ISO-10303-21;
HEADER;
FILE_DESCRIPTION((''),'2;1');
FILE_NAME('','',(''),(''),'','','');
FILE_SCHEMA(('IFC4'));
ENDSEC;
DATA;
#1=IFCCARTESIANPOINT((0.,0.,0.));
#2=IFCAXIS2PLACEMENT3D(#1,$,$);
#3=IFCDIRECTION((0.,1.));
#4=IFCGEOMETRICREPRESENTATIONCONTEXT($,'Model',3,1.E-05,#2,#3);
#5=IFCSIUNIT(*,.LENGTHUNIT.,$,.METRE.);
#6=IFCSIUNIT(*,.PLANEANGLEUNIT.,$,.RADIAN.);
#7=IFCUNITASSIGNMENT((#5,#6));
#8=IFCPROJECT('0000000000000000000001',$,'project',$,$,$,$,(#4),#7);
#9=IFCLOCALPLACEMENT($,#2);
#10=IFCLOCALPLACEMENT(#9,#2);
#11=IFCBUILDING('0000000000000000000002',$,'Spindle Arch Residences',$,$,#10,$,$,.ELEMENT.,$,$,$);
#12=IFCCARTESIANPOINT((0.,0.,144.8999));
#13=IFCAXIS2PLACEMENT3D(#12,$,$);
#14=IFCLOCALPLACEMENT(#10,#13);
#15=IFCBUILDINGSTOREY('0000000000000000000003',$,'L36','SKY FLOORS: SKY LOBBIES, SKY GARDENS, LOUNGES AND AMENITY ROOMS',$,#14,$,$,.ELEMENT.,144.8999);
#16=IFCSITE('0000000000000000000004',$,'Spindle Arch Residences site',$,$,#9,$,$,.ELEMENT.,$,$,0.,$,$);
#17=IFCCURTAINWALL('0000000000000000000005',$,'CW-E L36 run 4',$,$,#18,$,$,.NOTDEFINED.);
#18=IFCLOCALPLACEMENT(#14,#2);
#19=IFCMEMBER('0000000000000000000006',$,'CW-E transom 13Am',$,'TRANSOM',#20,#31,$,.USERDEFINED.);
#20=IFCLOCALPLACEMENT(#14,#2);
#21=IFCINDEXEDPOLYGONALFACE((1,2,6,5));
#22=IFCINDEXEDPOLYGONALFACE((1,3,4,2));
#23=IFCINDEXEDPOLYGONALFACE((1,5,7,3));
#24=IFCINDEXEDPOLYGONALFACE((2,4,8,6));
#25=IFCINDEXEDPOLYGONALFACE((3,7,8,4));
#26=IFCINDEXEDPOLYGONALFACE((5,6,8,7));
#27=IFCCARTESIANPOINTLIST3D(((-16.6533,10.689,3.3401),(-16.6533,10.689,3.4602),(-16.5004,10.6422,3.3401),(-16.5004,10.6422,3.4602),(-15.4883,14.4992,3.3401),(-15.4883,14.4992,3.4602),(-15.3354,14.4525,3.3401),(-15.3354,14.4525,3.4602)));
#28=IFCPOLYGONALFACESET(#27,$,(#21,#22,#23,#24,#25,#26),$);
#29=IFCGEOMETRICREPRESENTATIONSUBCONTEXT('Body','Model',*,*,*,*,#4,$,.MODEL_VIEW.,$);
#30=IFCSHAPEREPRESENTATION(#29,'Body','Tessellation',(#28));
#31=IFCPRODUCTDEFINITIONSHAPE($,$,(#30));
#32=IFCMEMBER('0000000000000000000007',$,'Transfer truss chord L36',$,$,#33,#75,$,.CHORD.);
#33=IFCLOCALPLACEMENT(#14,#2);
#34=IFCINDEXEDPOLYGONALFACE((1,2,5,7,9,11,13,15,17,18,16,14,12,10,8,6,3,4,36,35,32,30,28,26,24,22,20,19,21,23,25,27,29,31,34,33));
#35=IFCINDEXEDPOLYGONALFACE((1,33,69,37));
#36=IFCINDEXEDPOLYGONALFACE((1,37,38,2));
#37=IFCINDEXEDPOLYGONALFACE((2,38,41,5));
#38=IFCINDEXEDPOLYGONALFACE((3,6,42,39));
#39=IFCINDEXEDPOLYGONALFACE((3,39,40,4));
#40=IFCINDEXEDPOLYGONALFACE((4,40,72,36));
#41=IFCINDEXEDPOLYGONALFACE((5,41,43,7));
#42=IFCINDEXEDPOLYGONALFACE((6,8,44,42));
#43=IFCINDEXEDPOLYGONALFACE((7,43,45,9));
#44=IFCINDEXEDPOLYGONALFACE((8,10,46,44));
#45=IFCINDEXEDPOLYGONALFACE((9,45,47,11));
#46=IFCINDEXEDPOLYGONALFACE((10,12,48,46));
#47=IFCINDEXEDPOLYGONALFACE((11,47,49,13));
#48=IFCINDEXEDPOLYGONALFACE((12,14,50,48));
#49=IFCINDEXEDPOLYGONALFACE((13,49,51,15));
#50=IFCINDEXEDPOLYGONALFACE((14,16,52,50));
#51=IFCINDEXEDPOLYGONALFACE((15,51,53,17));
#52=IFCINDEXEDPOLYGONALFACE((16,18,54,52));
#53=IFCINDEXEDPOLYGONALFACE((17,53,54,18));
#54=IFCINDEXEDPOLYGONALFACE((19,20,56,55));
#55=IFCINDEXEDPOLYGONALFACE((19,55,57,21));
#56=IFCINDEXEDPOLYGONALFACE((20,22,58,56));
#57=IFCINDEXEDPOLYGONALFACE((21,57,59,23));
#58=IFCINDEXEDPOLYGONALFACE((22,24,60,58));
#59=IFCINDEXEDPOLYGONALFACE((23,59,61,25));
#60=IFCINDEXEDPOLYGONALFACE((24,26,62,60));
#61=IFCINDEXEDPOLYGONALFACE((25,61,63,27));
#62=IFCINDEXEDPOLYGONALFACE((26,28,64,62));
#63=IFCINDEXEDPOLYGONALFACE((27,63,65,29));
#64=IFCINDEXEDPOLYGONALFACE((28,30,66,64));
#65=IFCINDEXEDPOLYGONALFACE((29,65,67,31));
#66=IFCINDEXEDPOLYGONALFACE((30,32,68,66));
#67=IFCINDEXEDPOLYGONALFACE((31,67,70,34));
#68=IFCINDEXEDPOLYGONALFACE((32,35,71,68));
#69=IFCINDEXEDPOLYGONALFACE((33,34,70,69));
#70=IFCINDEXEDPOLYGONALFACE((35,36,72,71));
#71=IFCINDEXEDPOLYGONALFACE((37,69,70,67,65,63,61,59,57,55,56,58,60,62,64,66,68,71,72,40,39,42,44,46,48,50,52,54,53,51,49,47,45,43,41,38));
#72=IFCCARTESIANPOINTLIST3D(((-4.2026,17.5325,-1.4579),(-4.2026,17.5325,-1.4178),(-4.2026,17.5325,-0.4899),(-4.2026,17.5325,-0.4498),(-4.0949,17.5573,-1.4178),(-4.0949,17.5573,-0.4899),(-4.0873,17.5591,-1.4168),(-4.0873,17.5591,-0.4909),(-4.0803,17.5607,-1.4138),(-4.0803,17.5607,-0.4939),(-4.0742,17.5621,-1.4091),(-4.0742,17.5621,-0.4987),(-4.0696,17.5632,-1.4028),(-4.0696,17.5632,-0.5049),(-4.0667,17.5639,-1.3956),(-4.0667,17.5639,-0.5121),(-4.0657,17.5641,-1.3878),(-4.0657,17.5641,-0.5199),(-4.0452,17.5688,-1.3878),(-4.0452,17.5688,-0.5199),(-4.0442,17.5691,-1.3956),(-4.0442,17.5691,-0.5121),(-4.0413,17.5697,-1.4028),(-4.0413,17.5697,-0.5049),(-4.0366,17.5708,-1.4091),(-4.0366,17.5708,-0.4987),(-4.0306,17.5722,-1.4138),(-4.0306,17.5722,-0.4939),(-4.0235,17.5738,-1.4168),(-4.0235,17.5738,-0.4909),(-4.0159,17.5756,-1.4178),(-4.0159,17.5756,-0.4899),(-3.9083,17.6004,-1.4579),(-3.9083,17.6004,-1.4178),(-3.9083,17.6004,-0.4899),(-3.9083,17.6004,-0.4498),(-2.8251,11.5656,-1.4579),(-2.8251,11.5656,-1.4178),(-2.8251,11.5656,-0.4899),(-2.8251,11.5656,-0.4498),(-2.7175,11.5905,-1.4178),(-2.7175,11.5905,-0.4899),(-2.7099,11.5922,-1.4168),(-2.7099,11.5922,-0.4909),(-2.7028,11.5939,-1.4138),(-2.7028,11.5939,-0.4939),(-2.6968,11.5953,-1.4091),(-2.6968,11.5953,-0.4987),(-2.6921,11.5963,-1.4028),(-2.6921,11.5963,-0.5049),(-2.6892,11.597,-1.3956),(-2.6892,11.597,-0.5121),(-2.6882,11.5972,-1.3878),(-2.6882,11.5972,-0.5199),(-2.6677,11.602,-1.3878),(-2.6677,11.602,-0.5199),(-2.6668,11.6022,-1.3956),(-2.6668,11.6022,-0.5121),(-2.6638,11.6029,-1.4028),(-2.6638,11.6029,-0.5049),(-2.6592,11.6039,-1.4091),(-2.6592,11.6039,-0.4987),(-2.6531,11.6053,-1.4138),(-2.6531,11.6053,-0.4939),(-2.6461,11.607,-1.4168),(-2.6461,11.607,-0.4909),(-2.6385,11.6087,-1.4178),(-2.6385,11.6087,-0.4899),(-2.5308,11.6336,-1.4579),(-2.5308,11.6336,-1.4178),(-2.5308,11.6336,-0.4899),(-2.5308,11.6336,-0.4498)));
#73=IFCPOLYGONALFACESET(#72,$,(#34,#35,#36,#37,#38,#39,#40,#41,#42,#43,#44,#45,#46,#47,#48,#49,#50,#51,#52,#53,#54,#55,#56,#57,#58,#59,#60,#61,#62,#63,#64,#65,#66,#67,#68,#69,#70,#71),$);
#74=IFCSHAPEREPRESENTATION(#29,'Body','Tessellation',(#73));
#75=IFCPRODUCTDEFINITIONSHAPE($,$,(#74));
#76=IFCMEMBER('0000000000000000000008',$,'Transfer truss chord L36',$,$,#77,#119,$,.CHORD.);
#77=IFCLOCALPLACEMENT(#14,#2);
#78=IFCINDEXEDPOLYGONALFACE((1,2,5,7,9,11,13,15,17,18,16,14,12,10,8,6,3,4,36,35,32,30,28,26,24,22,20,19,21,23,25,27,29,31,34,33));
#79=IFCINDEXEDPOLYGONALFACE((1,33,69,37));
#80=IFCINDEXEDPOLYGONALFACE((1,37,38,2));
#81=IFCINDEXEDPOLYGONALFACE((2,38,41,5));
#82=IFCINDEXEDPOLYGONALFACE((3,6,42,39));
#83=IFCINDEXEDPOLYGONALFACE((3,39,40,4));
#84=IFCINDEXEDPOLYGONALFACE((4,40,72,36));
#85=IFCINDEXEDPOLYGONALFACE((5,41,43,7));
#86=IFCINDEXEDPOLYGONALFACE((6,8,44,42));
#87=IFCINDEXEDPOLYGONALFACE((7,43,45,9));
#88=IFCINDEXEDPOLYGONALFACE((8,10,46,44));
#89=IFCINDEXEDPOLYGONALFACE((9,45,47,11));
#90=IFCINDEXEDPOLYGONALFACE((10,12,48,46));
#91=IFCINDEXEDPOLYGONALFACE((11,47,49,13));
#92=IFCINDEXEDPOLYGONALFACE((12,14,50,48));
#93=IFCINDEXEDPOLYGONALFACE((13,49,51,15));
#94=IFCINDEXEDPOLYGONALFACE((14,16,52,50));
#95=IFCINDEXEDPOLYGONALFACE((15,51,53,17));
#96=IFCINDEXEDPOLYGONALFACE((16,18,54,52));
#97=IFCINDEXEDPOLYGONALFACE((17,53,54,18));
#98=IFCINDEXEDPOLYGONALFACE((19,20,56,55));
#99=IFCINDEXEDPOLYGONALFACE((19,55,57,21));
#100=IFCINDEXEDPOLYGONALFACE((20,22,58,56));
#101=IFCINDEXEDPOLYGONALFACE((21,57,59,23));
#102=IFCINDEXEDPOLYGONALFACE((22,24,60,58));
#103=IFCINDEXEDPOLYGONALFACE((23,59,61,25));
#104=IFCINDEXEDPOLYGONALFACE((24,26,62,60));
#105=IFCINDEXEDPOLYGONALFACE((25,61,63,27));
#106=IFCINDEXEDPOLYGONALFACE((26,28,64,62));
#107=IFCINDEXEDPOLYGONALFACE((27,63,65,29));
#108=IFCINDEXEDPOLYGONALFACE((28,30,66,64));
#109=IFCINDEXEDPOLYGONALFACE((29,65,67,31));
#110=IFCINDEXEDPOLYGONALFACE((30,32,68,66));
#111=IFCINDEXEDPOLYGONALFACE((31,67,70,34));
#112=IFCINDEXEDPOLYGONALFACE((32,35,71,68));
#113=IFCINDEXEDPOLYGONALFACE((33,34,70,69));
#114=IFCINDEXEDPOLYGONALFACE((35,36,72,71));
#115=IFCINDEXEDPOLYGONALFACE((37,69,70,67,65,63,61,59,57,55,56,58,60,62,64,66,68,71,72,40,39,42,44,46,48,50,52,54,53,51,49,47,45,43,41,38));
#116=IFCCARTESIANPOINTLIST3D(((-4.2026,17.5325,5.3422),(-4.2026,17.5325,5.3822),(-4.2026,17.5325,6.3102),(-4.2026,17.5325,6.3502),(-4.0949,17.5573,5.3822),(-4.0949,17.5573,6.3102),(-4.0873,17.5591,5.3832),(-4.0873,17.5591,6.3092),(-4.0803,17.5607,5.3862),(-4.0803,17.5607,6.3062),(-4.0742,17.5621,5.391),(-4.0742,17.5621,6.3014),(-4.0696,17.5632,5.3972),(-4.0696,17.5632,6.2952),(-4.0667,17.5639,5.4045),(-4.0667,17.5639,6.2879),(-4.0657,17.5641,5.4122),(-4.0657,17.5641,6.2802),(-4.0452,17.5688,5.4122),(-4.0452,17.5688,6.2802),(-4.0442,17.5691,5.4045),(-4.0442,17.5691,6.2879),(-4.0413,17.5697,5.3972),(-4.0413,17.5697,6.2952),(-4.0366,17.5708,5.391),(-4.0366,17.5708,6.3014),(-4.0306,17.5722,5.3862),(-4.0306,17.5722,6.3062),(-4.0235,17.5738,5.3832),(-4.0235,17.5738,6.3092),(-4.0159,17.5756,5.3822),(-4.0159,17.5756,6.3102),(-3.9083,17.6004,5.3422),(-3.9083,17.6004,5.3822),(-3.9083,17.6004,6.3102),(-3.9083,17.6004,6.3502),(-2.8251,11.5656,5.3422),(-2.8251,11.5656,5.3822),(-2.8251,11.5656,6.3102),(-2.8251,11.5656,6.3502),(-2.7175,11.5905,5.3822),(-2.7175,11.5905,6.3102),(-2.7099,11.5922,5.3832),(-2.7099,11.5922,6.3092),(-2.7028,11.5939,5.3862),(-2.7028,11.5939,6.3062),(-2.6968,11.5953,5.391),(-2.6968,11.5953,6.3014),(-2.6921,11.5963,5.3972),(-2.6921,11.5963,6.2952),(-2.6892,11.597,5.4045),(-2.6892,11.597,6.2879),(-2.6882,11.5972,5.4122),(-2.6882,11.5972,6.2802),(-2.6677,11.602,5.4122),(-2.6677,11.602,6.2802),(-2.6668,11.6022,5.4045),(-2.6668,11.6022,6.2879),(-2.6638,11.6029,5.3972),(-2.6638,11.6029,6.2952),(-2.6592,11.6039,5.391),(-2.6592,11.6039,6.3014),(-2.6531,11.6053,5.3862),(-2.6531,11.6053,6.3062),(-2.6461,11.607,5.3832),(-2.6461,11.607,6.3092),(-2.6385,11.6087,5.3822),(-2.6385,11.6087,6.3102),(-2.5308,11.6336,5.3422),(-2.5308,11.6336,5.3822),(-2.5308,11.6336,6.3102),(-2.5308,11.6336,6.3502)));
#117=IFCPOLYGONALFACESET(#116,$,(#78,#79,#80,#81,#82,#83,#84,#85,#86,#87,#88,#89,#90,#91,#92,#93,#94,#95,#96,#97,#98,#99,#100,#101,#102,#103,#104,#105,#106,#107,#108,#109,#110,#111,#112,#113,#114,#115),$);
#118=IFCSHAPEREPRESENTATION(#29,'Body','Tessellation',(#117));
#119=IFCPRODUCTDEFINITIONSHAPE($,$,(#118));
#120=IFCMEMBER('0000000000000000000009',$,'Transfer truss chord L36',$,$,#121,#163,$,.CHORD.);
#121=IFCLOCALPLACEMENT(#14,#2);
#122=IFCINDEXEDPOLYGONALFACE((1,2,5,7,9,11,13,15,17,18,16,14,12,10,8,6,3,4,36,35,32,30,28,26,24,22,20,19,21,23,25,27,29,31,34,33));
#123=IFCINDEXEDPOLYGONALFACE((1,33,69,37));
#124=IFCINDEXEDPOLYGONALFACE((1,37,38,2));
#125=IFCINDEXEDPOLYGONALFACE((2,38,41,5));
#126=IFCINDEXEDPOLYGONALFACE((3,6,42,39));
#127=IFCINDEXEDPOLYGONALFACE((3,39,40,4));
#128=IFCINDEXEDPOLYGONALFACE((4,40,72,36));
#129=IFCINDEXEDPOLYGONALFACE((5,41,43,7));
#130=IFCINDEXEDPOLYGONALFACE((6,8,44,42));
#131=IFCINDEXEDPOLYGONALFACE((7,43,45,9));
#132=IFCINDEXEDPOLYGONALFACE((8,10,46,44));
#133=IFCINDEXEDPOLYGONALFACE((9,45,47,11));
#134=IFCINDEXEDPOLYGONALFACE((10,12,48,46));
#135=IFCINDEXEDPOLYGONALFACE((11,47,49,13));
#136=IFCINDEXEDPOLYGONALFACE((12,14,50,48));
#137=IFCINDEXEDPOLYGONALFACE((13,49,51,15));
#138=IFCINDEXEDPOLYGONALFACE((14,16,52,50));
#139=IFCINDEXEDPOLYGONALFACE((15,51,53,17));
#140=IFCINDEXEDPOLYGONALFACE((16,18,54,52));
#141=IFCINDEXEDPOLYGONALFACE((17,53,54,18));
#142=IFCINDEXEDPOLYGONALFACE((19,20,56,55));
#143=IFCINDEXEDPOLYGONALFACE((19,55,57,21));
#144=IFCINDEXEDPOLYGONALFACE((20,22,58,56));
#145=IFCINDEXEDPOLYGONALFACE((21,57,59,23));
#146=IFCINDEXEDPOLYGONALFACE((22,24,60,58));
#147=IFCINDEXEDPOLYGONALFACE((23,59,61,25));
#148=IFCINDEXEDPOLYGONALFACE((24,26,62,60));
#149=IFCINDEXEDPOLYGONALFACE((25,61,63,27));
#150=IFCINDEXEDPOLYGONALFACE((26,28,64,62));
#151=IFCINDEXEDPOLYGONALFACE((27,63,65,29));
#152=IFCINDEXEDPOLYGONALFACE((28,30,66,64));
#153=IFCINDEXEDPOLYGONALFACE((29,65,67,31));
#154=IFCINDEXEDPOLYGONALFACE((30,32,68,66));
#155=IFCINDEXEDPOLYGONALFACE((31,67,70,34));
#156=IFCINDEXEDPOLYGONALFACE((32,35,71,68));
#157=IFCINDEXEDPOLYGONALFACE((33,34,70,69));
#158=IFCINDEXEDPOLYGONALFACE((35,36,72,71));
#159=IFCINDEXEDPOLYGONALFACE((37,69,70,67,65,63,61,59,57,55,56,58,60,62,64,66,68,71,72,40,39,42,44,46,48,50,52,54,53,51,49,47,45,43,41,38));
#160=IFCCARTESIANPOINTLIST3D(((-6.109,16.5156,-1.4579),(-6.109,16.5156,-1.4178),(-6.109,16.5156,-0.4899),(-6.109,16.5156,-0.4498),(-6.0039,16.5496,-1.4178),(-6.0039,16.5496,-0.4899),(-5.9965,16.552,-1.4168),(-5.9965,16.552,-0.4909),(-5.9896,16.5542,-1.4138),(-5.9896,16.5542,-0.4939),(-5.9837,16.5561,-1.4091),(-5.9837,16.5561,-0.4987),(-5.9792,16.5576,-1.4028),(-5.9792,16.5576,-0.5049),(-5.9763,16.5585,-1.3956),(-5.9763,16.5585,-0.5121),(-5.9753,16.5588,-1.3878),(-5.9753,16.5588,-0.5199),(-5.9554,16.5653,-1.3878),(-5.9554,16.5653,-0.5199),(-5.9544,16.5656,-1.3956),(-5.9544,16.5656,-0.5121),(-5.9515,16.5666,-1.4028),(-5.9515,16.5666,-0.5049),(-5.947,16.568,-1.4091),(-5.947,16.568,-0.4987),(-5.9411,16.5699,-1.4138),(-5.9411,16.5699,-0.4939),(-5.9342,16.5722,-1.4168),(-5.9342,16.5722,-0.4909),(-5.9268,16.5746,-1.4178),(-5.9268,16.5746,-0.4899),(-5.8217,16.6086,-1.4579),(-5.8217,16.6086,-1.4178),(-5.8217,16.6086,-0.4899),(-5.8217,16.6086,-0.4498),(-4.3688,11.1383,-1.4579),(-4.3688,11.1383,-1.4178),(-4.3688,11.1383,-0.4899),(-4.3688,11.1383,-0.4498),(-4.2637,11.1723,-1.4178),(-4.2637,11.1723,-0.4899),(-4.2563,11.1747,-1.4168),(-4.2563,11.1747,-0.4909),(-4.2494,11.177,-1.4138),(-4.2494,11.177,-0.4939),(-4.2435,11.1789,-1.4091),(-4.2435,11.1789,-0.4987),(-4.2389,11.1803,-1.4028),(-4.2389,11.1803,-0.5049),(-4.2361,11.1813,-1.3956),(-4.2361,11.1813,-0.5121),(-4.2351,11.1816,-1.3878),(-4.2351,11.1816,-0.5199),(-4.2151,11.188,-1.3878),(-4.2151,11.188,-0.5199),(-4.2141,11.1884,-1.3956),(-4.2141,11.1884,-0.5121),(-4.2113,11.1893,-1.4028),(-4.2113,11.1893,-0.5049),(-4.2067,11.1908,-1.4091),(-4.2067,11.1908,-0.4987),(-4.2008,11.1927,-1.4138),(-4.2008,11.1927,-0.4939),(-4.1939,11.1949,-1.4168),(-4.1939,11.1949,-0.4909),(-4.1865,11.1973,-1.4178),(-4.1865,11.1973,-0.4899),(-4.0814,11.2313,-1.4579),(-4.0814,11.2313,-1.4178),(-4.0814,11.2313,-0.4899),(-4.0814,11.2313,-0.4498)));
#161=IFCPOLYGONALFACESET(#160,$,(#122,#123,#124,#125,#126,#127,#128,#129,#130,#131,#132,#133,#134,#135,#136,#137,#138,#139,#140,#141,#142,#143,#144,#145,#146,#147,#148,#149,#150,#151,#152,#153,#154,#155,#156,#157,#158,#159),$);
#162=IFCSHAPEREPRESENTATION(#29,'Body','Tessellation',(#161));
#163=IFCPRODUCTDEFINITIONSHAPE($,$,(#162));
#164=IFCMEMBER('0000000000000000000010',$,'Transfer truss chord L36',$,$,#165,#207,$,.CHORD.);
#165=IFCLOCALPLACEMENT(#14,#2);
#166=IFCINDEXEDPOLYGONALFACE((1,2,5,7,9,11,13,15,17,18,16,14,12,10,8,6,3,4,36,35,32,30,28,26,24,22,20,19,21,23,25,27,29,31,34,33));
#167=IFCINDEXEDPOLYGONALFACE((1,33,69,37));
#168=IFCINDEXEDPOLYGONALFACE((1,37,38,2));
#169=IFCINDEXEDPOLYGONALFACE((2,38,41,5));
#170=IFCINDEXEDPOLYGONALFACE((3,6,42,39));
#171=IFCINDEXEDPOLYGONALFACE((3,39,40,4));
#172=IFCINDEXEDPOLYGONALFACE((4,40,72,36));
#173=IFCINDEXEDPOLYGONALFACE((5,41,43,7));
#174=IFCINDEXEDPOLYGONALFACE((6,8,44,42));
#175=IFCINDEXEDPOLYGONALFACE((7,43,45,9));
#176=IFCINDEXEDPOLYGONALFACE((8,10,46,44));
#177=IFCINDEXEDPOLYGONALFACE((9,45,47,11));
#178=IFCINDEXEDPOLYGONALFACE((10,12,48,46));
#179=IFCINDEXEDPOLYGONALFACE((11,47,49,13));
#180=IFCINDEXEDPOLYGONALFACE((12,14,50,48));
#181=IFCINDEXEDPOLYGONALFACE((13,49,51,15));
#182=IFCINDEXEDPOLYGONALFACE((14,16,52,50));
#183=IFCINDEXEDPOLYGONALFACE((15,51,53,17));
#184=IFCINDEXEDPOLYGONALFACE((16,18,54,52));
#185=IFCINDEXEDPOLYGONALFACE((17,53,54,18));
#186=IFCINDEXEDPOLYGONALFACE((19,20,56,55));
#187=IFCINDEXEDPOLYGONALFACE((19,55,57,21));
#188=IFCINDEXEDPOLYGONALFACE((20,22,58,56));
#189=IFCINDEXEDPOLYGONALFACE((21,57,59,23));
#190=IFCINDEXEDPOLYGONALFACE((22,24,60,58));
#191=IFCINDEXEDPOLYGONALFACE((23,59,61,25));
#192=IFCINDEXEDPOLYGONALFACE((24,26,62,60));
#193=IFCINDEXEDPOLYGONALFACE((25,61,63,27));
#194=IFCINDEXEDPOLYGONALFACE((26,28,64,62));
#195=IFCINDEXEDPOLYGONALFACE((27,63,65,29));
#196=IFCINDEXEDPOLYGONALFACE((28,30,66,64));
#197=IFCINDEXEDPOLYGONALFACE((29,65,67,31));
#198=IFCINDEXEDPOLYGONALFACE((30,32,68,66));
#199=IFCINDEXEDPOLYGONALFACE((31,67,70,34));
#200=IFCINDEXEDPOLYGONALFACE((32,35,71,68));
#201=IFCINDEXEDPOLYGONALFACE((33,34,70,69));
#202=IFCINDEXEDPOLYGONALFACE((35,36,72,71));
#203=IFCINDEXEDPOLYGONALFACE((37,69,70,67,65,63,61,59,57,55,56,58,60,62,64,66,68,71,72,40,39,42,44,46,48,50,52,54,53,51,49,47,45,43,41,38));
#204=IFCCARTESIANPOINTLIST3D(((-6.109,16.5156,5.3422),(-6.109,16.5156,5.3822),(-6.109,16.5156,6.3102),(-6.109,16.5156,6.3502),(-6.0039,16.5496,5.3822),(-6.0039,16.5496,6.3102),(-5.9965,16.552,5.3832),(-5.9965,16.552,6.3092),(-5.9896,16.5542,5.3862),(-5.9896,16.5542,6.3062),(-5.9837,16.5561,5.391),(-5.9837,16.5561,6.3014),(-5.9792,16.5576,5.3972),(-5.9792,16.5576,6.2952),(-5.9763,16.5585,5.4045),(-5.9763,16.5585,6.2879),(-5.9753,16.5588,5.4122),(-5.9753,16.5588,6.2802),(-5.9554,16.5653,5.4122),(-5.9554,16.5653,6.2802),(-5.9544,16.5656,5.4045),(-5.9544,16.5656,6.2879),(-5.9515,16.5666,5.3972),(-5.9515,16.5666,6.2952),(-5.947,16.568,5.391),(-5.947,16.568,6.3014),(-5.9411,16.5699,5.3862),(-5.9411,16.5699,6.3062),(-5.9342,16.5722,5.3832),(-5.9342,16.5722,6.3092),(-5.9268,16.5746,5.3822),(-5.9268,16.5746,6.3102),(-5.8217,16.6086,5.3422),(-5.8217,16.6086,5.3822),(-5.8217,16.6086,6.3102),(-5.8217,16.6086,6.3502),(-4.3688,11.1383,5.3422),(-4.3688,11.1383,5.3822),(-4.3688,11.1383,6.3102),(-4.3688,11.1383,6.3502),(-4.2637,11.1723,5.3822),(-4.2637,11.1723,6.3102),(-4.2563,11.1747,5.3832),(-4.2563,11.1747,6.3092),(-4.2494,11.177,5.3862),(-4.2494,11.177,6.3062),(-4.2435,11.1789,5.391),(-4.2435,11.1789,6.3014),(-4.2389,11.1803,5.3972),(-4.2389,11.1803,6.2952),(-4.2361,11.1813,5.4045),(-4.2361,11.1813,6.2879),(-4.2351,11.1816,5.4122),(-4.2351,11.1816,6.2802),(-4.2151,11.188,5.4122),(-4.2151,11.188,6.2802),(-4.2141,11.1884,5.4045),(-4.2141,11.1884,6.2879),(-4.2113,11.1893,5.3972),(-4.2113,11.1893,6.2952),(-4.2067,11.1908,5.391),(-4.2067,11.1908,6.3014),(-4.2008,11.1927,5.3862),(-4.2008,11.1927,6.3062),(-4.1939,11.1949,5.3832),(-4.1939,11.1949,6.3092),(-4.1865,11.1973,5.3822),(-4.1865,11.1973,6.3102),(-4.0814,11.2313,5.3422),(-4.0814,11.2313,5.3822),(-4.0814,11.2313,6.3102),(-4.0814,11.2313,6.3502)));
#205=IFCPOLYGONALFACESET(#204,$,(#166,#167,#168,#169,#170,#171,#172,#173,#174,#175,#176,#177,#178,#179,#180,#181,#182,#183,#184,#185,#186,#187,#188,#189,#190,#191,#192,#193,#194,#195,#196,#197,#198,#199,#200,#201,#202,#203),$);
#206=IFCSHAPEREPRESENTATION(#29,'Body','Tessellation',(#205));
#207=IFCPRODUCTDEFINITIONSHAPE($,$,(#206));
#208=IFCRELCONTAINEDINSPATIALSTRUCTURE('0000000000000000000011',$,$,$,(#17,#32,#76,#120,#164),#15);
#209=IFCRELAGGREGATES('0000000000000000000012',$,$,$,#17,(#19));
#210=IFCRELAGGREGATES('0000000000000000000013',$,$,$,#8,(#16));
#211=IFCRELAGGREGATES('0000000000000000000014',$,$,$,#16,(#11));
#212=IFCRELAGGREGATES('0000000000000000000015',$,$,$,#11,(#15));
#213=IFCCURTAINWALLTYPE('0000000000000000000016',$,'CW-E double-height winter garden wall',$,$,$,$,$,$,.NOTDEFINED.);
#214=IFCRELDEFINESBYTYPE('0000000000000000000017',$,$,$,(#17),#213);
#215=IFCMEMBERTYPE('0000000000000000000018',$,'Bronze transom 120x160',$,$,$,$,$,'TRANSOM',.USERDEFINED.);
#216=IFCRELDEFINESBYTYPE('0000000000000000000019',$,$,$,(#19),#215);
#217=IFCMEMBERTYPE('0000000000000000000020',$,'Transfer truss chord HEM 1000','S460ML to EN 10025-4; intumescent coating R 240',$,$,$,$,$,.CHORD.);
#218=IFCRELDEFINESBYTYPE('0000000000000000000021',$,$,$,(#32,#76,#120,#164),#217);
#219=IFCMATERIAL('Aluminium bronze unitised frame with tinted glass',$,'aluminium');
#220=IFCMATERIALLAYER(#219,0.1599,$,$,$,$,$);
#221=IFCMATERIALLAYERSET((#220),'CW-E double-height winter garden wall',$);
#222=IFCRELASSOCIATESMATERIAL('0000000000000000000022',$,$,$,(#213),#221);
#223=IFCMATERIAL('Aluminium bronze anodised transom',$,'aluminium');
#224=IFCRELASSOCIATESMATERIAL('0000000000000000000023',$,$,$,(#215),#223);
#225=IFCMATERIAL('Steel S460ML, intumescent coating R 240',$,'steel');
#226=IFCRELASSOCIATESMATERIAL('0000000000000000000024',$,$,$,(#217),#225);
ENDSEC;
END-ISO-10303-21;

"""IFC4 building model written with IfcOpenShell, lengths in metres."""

from ifc_helpers import new_model, si_unit, direction, frame, origin, origin_2d, place, context, subcontext, project, spatial, rectangle, i_section, extrude, material, layer, layer_set, material_profile, profile_set, type_object, element, aggregate, save


model = new_model("IFC4")

# Units and contexts
model_context = context("Model", 3, precision=1e-05, world=origin(), true_north=direction((0.0, 1.0)))
body_context = subcontext(model_context, "Body", "Model", "MODEL_VIEW")
ifc_project = project(units=[si_unit("LENGTHUNIT", "METRE"), si_unit("PLANEANGLEUNIT", "RADIAN")], contexts=[model_context])

# Site, building, storey
site_placement = place(None, origin())
site = spatial("IfcSite", under=ifc_project, at=site_placement, Name="Spindle Arch Residences site", CompositionType="ELEMENT", RefElevation=0.0)
building_placement = place(site_placement, origin())
building = spatial("IfcBuilding", under=site, at=building_placement, Name="Spindle Arch Residences", CompositionType="ELEMENT")
storey_placement = place(building_placement, frame((0.0, 0.0, 144.8999)))
storey = spatial("IfcBuildingStorey", under=building, at=storey_placement, Name="L36", Description="SKY FLOORS: SKY LOBBIES, SKY GARDENS, LOUNGES AND AMENITY ROOMS", CompositionType="ELEMENT", Elevation=144.8999)

# Curtain wall, member
ifc_material_1 = material(Name="Aluminium bronze unitised frame with tinted glass", Category="aluminium")
ifc_layer_1 = layer(ifc_material_1, 0.1599)
ifc_layer_set_1 = layer_set([ifc_layer_1], Name="CW-E double-height winter garden wall")
curtain_wall_type = type_object("IfcCurtainWallType", Name="CW-E double-height winter garden wall", PredefinedType="NOTDEFINED", material=ifc_layer_set_1)
curtain_wall_placement = place(storey_placement, origin())
curtain_wall = element("IfcCurtainWall", 1, at=curtain_wall_placement, inside=storey, type_object=curtain_wall_type, Name="CW-E L36 run 4", PredefinedType="NOTDEFINED")
ifc_material_2 = material(Name="Aluminium bronze anodised transom", Category="aluminium")
ifc_material_profile_1 = material_profile(ifc_material_2, rectangle(XDim=0.1599, YDim=0.1201, at=origin_2d()), Name="TR 120x160")
ifc_profile_set_1 = profile_set([ifc_material_profile_1], Name="Aluminium bronze anodised transom")
member_type_1 = type_object("IfcMemberType", Name="Bronze transom 120x160", ElementType="TRANSOM", PredefinedType="USERDEFINED", material=ifc_profile_set_1)
member_placement = place(storey_placement, frame((-15.4119, 14.4758, 3.4001), z_axis=(-0.292398, -0.956297, 0.0), x_axis=(0.956297, -0.292398, 0.0)))
member = element("IfcMember", 2, at=member_placement, type_object=member_type_1, Name="CW-E transom 13Am", ObjectType="TRANSOM", PredefinedType="USERDEFINED", context=body_context, shape_type="SweptSolid", body=[
    extrude(rectangle(XDim=0.1599, YDim=0.1201, at=origin_2d()), origin(), (0.0, 0.0, 1.0), 3.9844),
])

# Members
ifc_material_3 = material(Name="Steel S460ML, intumescent coating R 240", Category="steel")
ifc_material_profile_2 = material_profile(ifc_material_3, i_section(OverallWidth=0.302, OverallDepth=1.0081, WebThickness=0.021, FlangeThickness=0.04, FilletRadius=0.03, at=origin_2d()), Name="HEM 1000")
ifc_profile_set_2 = profile_set([ifc_material_profile_2], Name="Steel S460ML, intumescent coating R 240")
member_type_2 = type_object("IfcMemberType", Name="Transfer truss chord HEM 1000", Description="S460ML to EN 10025-4; intumescent coating R 240", PredefinedType="CHORD", material=ifc_profile_set_2)
for number, where, z_axis, x_axis, name in (
    (3, (-2.678, 11.5996, -0.9539), (-0.224935, 0.974374, 0.0), (-0.974374, -0.224935, 0.0), "Transfer truss chord L36"),
    (4, (-2.678, 11.5996, 5.8462), (-0.224935, 0.974374, 0.0), (-0.974374, -0.224935, 0.0), "Transfer truss chord L36"),
):
    element("IfcMember", number, at=place(storey_placement, frame(where, z_axis=z_axis, x_axis=x_axis)), inside=storey, type_object=member_type_2, Name=name, PredefinedType="CHORD", context=body_context, shape_type="SweptSolid", body=[
        extrude(i_section(OverallWidth=0.302, OverallDepth=1.0081, WebThickness=0.021, FlangeThickness=0.04, FilletRadius=0.03, at=origin_2d()), origin(), (0.0, 0.0, 1.0), 6.1238),
    ])
for number, where, z_axis, x_axis, name in (
    (5, (-4.2251, 11.1848, -0.9539), (-0.307909, 0.951416, 0.0), (-0.951416, -0.307909, 0.0), "Transfer truss chord L36"),
    (6, (-4.2251, 11.1848, 5.8462), (-0.307909, 0.951416, 0.0), (-0.951416, -0.307909, 0.0), "Transfer truss chord L36"),
):
    element("IfcMember", number, at=place(storey_placement, frame(where, z_axis=z_axis, x_axis=x_axis)), inside=storey, type_object=member_type_2, Name=name, PredefinedType="CHORD", context=body_context, shape_type="SweptSolid", body=[
        extrude(i_section(OverallWidth=0.302, OverallDepth=1.0081, WebThickness=0.021, FlangeThickness=0.04, FilletRadius=0.03, at=origin_2d()), origin(), (0.0, 0.0, 1.0), 5.6519),
    ])

aggregate(curtain_wall, [member])

save(model, "model.ifc")
